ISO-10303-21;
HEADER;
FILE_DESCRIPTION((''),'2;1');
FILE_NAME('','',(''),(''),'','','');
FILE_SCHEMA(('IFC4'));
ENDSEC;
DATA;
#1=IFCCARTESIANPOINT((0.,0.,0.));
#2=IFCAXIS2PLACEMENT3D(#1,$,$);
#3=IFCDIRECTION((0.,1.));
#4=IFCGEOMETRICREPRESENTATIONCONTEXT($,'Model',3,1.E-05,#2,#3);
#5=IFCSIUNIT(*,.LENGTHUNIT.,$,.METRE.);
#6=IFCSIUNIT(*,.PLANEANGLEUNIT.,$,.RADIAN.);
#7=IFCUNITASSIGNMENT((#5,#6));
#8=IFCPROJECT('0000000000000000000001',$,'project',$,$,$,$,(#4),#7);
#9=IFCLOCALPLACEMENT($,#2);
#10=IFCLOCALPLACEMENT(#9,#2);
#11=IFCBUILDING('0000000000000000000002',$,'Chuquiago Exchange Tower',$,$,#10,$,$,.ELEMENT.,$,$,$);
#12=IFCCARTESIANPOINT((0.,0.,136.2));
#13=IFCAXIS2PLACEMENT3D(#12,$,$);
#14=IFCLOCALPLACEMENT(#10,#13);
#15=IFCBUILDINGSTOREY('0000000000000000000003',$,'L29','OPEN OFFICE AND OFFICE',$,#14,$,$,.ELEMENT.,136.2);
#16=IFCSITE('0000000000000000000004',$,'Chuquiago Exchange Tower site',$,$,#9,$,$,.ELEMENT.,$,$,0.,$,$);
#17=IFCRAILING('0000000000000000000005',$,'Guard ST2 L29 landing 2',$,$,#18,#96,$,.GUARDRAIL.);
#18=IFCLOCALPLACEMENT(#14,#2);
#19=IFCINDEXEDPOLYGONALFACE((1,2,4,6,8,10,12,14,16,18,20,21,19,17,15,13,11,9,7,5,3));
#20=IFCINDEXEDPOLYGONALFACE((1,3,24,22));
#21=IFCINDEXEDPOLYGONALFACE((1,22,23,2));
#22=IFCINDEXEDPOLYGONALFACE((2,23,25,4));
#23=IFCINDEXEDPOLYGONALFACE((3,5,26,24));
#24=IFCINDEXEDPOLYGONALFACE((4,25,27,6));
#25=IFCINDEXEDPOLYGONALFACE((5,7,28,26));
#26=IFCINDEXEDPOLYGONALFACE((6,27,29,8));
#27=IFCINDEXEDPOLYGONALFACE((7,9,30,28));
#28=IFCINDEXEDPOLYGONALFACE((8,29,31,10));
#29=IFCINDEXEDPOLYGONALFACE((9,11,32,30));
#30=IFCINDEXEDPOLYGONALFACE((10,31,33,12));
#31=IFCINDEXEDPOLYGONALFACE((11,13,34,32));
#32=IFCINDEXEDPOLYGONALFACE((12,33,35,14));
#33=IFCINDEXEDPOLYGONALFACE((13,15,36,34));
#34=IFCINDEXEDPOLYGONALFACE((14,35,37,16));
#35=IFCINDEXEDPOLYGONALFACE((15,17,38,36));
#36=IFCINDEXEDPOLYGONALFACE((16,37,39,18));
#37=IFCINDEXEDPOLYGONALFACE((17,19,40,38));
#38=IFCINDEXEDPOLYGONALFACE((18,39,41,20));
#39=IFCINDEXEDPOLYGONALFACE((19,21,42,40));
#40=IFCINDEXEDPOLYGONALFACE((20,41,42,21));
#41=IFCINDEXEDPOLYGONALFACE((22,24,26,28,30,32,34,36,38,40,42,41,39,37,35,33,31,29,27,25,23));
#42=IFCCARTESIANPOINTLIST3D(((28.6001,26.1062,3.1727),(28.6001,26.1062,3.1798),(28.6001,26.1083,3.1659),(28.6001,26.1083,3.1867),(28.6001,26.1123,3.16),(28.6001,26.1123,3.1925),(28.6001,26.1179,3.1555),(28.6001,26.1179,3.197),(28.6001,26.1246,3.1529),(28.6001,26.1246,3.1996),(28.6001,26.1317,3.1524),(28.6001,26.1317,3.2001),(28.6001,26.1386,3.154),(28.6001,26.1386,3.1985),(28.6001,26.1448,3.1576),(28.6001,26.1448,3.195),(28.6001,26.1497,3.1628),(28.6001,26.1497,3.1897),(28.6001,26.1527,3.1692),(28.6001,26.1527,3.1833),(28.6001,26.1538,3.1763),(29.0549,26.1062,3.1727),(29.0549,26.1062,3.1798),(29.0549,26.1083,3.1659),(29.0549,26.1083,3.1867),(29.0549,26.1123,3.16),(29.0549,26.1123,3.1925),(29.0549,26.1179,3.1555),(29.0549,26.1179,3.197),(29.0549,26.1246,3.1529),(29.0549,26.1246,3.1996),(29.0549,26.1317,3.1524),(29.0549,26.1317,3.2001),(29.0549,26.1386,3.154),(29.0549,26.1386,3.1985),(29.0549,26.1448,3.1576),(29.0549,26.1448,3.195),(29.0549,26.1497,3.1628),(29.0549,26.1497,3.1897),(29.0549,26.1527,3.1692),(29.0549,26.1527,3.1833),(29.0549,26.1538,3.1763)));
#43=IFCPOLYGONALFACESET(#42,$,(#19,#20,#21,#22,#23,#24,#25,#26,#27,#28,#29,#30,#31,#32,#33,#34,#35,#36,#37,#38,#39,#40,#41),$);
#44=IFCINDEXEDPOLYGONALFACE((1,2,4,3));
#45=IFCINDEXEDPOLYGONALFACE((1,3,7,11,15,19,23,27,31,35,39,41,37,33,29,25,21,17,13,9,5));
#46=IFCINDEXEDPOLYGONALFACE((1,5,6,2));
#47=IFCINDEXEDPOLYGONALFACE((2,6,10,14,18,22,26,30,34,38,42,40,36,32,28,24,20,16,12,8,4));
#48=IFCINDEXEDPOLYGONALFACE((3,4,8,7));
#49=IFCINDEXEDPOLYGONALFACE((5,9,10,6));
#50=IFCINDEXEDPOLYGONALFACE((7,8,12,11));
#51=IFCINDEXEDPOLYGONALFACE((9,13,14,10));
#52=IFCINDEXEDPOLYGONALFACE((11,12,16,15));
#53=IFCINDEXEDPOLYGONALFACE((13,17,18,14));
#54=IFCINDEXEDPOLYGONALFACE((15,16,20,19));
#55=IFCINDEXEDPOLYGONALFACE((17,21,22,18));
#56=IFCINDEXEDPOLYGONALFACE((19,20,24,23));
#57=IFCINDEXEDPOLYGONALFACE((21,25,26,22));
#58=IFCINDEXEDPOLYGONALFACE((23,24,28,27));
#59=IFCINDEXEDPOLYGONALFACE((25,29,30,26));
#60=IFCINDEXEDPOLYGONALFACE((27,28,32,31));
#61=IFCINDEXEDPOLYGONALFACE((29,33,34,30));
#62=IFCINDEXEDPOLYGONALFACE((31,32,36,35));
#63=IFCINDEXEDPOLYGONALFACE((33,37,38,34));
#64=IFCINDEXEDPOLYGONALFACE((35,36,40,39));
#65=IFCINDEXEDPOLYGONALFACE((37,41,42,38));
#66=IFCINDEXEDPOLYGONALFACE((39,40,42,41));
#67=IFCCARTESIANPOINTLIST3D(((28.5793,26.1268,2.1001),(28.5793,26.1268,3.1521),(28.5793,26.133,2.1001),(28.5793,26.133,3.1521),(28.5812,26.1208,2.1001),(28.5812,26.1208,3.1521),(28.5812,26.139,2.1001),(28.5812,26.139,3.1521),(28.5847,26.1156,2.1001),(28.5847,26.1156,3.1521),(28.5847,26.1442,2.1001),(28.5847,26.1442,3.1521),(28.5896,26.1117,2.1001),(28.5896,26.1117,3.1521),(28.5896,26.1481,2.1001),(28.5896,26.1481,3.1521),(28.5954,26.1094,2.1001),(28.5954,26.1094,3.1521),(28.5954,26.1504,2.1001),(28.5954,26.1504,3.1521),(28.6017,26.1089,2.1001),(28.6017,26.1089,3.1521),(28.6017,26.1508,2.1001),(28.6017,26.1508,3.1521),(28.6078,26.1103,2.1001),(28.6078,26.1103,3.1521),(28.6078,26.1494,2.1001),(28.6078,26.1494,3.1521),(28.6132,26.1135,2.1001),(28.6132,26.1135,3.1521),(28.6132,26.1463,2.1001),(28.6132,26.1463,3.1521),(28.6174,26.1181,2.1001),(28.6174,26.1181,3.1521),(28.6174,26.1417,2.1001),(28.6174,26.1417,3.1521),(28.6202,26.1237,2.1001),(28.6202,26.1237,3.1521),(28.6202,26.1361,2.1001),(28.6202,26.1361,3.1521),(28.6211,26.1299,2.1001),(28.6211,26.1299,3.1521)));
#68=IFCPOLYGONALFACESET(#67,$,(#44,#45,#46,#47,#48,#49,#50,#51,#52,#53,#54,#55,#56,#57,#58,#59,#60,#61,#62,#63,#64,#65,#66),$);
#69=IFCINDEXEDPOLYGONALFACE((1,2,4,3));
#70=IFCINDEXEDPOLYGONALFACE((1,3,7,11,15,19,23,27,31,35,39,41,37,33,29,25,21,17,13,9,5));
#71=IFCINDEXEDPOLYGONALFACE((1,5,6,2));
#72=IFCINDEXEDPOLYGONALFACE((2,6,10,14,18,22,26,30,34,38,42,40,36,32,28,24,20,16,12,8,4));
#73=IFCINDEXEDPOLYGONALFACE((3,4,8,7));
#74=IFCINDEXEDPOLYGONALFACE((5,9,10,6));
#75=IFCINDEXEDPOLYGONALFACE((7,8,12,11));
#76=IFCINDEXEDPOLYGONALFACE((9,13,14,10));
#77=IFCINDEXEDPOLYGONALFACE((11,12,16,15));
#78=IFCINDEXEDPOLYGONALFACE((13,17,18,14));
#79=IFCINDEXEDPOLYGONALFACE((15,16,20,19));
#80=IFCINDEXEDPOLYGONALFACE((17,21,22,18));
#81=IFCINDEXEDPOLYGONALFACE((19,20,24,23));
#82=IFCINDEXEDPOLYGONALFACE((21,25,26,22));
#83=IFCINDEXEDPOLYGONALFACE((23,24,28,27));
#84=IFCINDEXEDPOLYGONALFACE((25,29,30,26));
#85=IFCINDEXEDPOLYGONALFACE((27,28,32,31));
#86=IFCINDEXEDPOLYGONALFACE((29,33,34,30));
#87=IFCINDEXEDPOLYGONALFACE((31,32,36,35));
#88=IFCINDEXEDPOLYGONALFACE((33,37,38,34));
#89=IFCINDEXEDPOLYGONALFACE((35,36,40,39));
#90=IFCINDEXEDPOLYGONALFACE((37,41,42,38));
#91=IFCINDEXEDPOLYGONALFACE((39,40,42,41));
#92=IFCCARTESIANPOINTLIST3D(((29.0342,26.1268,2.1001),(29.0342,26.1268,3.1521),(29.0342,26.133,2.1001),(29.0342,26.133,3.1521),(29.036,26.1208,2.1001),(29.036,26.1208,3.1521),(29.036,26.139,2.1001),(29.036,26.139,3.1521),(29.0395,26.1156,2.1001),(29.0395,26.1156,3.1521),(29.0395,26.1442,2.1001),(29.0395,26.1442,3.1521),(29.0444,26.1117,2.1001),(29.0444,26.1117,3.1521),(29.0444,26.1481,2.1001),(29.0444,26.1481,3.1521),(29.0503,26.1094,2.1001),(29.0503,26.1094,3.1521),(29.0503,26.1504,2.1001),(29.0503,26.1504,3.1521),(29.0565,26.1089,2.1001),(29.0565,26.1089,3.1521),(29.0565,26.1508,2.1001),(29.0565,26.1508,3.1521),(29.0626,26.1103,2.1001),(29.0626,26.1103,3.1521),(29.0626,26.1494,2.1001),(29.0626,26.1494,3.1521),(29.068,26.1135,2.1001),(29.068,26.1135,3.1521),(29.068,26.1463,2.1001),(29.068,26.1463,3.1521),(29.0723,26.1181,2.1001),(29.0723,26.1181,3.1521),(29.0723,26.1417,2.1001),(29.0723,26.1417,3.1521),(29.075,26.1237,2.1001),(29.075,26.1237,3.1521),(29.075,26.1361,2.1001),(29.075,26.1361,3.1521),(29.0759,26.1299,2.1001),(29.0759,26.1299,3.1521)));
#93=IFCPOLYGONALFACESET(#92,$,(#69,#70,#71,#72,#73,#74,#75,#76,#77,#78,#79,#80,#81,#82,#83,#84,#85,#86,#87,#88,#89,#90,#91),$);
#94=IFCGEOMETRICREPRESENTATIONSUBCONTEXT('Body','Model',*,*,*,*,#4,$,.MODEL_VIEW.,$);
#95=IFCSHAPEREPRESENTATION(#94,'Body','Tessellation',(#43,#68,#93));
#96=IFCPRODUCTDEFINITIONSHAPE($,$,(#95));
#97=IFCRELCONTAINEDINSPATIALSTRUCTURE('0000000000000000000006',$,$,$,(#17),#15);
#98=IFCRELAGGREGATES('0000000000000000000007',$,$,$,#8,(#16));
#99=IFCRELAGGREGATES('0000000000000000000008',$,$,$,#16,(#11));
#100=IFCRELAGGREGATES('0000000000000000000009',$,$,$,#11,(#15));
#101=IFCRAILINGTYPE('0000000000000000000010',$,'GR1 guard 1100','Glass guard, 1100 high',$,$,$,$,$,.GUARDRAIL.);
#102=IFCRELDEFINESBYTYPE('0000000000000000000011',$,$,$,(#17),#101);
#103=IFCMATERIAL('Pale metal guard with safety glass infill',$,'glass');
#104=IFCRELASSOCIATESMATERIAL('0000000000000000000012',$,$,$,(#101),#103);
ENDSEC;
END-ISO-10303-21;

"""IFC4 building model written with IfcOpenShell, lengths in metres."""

from ifc_helpers import new_model, si_unit, direction, frame, origin, origin_2d, place, context, subcontext, project, spatial, circle, extrude, material, type_object, element, save


model = new_model("IFC4")

# Units and contexts
model_context = context("Model", 3, precision=1e-05, world=origin(), true_north=direction((0.0, 1.0)))
body_context = subcontext(model_context, "Body", "Model", "MODEL_VIEW")
ifc_project = project(units=[si_unit("LENGTHUNIT", "METRE"), si_unit("PLANEANGLEUNIT", "RADIAN")], contexts=[model_context])

# Site, building, storey
site_placement = place(None, origin())
site = spatial("IfcSite", under=ifc_project, at=site_placement, Name="Chuquiago Exchange Tower site", CompositionType="ELEMENT", RefElevation=0.0)
building_placement = place(site_placement, origin())
building = spatial("IfcBuilding", under=site, at=building_placement, Name="Chuquiago Exchange Tower", CompositionType="ELEMENT")
storey_placement = place(building_placement, frame((0.0, 0.0, 136.2)))
storey = spatial("IfcBuildingStorey", under=building, at=storey_placement, Name="L29", Description="OPEN OFFICE AND OFFICE", CompositionType="ELEMENT", Elevation=136.2)

# Railing
ifc_material_1 = material(Name="Pale metal guard with safety glass infill", Category="glass")
railing_type_1 = type_object("IfcRailingType", Name="GR1 guard 1100", Description="Glass guard, 1100 high", PredefinedType="GUARDRAIL", material=ifc_material_1)
railing_1_placement = place(storey_placement, frame((28.6001, 26.1299, 2.1001)))
element("IfcRailing", 1, at=railing_1_placement, inside=storey, type_object=railing_type_1, Name="Guard ST2 L29 landing 2", PredefinedType="GUARDRAIL", context=body_context, shape_type="SweptSolid", body=[
    extrude(circle(Radius=0.0239, at=origin_2d()), frame((0.0, 0.0, 1.0762), z_axis=(1.0, 0.0, 0.0), x_axis=(0.0, 1.0, 0.0)), (0.0, 0.0, 1.0), 0.4548),
    extrude(circle(Radius=0.021, at=origin_2d()), origin(), (0.0, 0.0, 1.0), 1.052),
    extrude(circle(Radius=0.021, at=origin_2d()), frame((0.4548, 0.0, 0.0)), (0.0, 0.0, 1.0), 1.052),
])

save(model, "model.ifc")
